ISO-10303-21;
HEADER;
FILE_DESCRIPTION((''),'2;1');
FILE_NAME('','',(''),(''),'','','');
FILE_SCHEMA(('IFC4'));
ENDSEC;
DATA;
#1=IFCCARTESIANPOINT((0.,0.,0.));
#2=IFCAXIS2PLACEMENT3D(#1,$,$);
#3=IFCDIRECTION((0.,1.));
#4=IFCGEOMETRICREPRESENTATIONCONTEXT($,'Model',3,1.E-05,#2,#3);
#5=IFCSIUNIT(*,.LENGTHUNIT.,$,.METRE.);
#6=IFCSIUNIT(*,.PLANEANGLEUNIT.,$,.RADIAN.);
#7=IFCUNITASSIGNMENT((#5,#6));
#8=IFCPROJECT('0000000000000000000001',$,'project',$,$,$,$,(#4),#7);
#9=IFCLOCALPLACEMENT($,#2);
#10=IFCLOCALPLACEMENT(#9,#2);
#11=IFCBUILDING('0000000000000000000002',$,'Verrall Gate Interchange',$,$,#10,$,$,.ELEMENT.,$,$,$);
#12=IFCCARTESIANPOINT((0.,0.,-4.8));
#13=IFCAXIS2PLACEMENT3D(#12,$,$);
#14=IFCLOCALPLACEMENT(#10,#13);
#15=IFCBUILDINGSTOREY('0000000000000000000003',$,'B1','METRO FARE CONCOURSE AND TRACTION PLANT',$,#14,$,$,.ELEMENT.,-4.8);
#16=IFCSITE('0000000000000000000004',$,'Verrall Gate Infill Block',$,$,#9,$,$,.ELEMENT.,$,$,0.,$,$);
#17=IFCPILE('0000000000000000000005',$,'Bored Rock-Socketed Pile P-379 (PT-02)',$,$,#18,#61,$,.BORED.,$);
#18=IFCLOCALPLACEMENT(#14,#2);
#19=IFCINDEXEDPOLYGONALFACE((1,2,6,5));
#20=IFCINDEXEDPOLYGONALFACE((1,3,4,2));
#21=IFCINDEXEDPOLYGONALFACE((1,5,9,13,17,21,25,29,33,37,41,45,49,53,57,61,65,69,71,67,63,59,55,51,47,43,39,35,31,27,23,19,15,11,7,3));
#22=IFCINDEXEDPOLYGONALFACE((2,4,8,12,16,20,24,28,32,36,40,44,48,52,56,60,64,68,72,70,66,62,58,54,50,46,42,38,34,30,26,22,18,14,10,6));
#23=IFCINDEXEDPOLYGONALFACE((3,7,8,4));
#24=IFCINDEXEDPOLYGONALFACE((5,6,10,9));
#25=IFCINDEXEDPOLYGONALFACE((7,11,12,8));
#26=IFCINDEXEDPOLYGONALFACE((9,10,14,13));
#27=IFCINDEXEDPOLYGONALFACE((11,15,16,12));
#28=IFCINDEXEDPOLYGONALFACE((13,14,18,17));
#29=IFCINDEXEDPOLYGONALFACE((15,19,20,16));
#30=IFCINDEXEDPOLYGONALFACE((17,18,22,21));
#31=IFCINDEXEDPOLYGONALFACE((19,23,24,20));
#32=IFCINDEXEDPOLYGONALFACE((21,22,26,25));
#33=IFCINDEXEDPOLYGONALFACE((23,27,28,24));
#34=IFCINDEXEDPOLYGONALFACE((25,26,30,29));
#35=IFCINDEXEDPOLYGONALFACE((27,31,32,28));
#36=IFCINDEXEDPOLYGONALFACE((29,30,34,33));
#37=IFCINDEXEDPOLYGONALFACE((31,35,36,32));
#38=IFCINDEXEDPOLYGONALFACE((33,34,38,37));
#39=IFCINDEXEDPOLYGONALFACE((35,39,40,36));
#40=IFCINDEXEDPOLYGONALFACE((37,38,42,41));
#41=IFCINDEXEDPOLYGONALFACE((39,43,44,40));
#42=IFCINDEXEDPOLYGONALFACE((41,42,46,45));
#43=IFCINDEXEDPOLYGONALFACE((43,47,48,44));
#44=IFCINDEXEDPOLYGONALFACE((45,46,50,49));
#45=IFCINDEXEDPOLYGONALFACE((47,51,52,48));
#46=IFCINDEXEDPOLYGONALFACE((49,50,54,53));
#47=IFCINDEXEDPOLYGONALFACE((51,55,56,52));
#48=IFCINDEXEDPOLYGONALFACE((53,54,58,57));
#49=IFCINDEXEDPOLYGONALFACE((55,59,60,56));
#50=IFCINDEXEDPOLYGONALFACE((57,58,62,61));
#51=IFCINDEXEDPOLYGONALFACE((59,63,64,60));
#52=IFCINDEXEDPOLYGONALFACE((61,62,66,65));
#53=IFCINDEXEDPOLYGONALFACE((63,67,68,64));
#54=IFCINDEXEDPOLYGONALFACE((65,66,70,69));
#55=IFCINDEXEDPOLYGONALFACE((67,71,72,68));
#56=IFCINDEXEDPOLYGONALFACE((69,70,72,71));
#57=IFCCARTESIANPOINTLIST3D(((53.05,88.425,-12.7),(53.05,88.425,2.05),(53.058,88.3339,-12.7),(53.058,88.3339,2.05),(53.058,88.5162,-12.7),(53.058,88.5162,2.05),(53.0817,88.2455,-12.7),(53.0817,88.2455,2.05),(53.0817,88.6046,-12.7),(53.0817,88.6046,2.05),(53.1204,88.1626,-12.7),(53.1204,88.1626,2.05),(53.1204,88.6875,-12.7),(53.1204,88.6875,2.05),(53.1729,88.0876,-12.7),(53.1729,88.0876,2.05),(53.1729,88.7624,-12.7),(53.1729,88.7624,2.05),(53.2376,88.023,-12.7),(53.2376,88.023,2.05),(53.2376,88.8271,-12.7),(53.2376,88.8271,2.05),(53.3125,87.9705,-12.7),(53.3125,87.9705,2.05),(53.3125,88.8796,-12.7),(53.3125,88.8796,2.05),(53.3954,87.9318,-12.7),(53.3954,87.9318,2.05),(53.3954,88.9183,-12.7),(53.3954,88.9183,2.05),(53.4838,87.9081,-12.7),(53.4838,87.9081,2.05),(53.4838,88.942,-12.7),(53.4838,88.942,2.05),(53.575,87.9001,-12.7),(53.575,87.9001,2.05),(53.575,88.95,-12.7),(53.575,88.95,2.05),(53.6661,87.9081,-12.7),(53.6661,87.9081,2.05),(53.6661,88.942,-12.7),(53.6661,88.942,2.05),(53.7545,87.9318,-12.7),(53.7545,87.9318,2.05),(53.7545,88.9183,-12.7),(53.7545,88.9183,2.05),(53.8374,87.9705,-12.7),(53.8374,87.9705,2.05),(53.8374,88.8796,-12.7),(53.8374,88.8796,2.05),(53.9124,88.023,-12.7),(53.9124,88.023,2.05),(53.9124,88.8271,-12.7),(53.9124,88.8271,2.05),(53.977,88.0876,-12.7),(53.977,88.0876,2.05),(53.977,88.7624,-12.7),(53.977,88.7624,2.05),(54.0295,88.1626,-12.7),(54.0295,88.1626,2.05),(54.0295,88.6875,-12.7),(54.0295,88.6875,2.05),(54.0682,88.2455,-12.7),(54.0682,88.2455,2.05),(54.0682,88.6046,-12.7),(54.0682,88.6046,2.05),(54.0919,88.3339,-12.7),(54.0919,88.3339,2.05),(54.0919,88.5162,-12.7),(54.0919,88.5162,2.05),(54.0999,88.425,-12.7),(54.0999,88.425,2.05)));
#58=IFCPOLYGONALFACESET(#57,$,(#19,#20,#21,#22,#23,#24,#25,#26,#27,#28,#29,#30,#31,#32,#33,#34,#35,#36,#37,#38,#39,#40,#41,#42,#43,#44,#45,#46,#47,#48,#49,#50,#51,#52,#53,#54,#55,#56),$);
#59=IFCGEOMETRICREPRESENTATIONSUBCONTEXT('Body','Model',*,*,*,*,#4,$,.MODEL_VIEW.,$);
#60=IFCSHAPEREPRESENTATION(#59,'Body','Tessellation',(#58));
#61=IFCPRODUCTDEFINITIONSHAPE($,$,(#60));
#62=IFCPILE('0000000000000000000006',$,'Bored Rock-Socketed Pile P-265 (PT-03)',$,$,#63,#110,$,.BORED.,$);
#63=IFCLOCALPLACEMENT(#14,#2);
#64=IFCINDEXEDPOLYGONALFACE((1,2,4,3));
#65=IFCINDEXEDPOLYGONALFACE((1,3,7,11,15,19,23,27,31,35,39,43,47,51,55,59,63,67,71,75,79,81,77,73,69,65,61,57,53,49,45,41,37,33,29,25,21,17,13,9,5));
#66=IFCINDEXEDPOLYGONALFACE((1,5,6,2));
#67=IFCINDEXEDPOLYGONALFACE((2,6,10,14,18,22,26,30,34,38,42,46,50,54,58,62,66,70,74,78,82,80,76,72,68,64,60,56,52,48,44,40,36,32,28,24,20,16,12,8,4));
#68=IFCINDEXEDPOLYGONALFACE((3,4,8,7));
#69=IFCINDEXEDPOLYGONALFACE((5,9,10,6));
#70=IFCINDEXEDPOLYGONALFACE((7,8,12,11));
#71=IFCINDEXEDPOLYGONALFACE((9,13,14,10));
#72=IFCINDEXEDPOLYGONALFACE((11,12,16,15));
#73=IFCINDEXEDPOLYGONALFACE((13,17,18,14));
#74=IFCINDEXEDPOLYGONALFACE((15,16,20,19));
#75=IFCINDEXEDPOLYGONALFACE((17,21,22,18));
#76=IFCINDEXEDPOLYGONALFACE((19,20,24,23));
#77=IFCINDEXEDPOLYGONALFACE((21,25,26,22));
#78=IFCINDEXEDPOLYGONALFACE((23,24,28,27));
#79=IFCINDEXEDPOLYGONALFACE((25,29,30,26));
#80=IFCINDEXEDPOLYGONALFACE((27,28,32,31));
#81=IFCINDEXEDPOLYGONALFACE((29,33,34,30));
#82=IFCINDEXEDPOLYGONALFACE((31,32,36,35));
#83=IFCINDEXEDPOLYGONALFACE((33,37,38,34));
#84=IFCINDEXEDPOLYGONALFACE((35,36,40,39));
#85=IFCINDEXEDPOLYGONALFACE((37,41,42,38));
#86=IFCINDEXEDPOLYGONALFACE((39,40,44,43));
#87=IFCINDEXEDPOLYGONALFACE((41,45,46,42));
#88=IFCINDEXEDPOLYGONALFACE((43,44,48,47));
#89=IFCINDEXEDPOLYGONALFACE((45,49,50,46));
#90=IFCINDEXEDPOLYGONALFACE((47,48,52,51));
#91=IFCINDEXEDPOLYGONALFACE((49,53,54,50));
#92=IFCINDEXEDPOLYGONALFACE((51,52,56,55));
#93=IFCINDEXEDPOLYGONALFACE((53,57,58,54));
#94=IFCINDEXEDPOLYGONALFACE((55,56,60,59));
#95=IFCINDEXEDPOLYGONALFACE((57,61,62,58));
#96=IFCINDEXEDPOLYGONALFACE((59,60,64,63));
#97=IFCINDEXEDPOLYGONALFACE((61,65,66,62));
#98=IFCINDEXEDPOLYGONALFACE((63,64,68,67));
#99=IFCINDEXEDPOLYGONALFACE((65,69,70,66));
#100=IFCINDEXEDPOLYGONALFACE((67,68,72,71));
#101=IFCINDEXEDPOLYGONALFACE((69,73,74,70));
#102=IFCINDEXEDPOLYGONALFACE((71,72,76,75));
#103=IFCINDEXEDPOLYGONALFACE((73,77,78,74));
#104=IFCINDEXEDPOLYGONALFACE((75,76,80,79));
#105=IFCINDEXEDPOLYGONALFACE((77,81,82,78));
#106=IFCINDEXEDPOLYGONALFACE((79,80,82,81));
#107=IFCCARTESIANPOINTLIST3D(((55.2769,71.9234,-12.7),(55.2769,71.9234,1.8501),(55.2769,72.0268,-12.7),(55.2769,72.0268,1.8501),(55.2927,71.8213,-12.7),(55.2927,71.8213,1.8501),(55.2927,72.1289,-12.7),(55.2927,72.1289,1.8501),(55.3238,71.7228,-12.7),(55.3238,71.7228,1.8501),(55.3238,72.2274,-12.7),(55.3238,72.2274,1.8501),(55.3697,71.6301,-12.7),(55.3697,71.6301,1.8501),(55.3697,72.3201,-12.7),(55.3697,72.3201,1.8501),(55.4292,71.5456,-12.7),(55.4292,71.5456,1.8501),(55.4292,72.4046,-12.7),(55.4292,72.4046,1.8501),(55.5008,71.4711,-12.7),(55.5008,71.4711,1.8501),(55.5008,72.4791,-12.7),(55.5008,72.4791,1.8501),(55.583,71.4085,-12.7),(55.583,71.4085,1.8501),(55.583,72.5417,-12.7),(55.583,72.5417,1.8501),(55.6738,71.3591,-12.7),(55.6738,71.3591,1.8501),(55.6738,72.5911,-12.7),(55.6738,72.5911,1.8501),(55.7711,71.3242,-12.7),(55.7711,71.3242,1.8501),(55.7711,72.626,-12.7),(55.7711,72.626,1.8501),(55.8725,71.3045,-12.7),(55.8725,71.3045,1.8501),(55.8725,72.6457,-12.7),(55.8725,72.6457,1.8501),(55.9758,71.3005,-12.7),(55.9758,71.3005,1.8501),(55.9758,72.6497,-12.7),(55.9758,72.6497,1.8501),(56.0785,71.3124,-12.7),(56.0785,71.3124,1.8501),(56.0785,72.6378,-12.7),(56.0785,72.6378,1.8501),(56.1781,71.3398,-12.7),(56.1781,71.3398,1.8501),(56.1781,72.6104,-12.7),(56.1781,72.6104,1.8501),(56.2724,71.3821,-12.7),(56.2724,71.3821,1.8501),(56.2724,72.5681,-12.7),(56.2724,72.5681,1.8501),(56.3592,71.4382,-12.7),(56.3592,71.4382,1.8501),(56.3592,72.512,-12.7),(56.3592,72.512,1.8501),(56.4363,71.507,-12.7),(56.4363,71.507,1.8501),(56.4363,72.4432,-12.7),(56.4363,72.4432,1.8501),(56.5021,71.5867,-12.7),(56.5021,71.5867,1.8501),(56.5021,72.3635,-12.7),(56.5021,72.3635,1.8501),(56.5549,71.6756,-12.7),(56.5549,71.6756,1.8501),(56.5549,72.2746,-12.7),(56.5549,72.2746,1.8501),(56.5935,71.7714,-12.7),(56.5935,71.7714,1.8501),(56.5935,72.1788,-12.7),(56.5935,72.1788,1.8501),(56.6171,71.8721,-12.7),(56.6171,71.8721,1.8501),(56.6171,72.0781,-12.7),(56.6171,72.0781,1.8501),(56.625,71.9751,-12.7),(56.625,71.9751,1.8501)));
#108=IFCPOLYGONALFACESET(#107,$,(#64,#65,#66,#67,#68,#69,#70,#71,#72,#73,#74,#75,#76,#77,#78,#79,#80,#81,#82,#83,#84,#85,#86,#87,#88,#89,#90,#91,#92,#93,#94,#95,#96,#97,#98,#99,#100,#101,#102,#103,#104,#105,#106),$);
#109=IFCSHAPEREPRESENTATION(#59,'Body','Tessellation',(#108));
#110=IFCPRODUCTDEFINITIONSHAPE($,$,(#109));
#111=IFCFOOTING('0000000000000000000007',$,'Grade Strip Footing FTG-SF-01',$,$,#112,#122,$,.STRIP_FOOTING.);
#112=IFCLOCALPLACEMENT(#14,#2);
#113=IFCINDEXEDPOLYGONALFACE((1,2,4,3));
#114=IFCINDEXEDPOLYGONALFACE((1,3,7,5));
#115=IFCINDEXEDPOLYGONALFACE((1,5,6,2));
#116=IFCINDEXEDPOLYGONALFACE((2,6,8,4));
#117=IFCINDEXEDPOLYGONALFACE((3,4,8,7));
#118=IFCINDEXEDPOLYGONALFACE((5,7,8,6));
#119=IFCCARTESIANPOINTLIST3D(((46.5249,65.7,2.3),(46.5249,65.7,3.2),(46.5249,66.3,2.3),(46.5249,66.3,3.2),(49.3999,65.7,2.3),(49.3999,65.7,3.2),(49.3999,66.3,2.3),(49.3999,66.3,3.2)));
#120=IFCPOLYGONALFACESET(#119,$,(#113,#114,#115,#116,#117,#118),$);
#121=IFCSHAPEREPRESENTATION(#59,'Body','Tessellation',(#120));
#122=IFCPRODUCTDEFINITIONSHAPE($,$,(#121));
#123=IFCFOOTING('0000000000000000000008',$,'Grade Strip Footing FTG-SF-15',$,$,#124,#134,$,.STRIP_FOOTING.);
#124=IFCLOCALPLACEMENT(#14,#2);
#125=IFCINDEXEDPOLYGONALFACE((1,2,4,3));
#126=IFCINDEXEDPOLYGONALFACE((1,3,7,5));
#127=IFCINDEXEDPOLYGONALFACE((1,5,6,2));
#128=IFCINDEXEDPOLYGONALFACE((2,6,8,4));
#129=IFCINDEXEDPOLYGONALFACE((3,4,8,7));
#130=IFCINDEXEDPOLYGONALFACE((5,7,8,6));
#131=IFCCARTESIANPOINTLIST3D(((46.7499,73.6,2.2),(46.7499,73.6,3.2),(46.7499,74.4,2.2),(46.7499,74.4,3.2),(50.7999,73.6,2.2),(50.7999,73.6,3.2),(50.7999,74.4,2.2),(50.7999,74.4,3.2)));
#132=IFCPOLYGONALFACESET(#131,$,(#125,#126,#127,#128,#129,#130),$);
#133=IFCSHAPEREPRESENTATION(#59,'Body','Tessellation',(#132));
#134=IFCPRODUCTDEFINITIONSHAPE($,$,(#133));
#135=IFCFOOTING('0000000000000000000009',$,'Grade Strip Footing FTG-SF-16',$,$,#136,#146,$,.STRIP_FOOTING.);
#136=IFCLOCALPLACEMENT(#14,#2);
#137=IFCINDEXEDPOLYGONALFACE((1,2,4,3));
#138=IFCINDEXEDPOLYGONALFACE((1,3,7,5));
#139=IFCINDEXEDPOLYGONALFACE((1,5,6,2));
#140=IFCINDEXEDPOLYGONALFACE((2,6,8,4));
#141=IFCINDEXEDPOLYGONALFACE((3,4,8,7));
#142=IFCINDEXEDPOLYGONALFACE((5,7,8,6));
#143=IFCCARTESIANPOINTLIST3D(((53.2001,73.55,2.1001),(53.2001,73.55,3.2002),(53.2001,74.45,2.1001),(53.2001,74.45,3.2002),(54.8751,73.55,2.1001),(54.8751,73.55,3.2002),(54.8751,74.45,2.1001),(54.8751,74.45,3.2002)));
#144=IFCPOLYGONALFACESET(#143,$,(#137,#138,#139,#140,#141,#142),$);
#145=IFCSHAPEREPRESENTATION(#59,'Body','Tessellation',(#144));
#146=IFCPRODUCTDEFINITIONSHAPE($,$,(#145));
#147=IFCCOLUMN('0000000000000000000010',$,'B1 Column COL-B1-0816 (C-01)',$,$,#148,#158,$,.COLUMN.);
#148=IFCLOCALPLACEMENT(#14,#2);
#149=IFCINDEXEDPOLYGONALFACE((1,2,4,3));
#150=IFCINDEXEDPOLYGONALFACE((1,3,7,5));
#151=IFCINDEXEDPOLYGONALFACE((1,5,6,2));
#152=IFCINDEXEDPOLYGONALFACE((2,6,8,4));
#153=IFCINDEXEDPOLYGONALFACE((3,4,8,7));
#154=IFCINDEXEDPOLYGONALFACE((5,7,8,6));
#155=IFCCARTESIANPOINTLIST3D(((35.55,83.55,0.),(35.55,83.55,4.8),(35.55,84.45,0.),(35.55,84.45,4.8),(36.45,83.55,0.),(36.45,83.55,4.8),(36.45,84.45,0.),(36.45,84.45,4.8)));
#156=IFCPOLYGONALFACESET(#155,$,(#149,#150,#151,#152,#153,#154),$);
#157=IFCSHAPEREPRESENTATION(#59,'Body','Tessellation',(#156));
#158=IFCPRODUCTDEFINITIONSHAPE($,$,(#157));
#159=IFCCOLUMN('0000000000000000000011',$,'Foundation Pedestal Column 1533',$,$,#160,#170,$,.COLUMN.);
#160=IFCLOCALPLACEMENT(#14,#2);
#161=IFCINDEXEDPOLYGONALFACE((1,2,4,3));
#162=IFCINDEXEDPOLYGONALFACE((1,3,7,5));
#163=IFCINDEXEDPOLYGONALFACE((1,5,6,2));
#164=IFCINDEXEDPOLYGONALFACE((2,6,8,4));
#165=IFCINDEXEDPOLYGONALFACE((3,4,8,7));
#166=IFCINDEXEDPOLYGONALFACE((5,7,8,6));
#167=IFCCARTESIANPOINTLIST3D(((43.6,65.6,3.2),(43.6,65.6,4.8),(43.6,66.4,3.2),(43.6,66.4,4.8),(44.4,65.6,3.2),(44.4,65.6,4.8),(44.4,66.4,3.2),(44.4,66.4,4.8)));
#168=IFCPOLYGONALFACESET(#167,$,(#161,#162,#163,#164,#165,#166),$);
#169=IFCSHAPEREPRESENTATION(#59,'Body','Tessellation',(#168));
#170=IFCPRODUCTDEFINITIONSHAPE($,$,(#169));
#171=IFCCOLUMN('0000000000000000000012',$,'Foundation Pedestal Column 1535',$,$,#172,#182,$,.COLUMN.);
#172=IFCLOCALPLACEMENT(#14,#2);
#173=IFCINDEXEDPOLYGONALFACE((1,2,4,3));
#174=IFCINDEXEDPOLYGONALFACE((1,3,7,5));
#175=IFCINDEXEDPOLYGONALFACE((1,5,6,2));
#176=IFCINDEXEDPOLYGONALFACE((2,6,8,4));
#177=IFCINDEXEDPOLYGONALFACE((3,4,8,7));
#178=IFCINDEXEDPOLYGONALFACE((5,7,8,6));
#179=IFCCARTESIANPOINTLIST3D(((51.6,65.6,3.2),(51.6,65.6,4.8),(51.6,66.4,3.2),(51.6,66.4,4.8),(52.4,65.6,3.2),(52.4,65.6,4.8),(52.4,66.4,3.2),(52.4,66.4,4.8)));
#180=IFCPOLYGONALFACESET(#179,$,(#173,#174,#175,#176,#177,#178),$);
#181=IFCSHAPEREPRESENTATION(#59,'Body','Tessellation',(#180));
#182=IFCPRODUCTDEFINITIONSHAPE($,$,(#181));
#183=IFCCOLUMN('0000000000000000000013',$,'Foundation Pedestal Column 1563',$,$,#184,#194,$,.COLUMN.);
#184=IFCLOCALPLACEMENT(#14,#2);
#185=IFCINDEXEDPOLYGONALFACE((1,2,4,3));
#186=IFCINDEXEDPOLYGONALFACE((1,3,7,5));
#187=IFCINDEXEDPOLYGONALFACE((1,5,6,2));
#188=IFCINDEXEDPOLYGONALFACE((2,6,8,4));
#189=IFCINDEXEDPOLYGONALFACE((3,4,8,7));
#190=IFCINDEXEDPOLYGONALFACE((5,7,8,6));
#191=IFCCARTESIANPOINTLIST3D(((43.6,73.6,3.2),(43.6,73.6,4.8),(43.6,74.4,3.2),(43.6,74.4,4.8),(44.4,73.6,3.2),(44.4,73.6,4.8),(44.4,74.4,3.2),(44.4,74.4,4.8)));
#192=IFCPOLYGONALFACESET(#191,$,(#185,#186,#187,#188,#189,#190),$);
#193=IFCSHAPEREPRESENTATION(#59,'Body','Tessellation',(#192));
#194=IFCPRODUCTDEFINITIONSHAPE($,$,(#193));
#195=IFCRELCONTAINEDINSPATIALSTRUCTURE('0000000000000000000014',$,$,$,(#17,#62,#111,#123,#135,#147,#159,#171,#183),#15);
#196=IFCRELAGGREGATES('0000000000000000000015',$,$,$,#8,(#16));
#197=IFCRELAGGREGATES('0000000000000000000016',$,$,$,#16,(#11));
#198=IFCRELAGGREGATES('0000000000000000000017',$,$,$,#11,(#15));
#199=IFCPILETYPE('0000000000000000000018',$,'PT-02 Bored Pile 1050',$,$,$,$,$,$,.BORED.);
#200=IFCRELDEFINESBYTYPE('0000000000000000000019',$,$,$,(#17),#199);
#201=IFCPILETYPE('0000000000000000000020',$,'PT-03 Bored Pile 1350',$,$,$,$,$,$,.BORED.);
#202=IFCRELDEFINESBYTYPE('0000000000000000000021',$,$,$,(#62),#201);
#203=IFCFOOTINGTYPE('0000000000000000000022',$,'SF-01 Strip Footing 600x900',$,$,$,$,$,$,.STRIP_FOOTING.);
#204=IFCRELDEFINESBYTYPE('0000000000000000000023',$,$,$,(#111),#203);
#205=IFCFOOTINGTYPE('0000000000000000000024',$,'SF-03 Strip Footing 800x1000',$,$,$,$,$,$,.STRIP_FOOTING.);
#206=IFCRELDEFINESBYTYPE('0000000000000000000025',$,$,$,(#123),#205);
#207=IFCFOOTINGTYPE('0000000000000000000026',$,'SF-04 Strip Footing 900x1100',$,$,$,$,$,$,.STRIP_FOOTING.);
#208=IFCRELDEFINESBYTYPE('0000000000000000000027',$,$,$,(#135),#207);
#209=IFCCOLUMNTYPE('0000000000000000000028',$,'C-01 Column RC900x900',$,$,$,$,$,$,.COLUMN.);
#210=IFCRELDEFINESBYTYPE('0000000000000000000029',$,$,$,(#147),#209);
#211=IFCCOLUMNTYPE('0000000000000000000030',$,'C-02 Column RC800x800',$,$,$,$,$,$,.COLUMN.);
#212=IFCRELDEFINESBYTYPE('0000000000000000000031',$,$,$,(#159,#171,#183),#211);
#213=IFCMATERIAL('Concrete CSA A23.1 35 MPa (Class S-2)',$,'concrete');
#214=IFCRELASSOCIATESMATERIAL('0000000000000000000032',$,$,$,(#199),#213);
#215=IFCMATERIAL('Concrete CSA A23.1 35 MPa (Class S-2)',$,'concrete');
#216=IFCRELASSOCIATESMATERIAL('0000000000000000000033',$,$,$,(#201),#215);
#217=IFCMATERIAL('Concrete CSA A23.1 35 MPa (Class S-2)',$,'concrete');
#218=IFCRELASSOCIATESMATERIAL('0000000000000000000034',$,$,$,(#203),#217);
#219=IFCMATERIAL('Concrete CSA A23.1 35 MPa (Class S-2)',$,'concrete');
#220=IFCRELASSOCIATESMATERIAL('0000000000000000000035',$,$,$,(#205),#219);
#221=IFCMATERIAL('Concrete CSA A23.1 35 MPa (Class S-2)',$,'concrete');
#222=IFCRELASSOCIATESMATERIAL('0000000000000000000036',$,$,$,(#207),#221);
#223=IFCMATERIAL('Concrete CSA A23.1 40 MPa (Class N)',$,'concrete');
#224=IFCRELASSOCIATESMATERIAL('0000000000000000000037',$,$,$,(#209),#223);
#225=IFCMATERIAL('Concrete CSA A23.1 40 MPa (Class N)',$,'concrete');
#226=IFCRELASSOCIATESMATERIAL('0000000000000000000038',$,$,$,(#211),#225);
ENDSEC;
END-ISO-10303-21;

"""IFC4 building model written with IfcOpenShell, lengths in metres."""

from ifc_helpers import new_model, si_unit, direction, frame, origin, origin_2d, place, context, subcontext, project, spatial, rectangle, circle, extrude, material, material_profile, profile_set, type_object, element, save


model = new_model("IFC4")

# Units and contexts
model_context = context("Model", 3, precision=1e-05, world=origin(), true_north=direction((0.0, 1.0)))
body_context = subcontext(model_context, "Body", "Model", "MODEL_VIEW")
ifc_project = project(units=[si_unit("LENGTHUNIT", "METRE"), si_unit("PLANEANGLEUNIT", "RADIAN")], contexts=[model_context])

# Site, building, storey
site_placement = place(None, origin())
site = spatial("IfcSite", under=ifc_project, at=site_placement, Name="Verrall Gate Infill Block", CompositionType="ELEMENT", RefElevation=0.0)
building_placement = place(site_placement, origin())
building = spatial("IfcBuilding", under=site, at=building_placement, Name="Verrall Gate Interchange", CompositionType="ELEMENT")
storey_placement = place(building_placement, frame((0.0, 0.0, -4.8)))
storey = spatial("IfcBuildingStorey", under=building, at=storey_placement, Name="B1", Description="METRO FARE CONCOURSE AND TRACTION PLANT", CompositionType="ELEMENT", Elevation=-4.8)

# Piles
ifc_material_1 = material(Name="Concrete CSA A23.1 35 MPa (Class S-2)", Category="concrete")
ifc_material_profile_1 = material_profile(ifc_material_1, circle(Radius=0.5249, at=origin_2d()), Name="PILE1050D")
ifc_profile_set_1 = profile_set([ifc_material_profile_1], Name="Concrete CSA A23.1 35 MPa (Class S-2)")
pile_type_1 = type_object("IfcPileType", Name="PT-02 Bored Pile 1050", PredefinedType="BORED", material=ifc_profile_set_1)
for number, where, z_axis, x_axis, name in (
    (1, (53.575, 88.425, 2.05), (0.0, 0.0, -1.0), (1.0, 0.0, 0.0), "Bored Rock-Socketed Pile P-379 (PT-02)"),
):
    element("IfcPile", number, at=place(storey_placement, frame(where, z_axis=z_axis, x_axis=x_axis)), inside=storey, type_object=pile_type_1, Name=name, PredefinedType="BORED", context=body_context, shape_type="SweptSolid", body=[
        extrude(circle(Radius=0.5249, at=origin_2d()), origin(), (0.0, 0.0, 1.0), 14.75),
    ])
ifc_material_2 = material(Name="Concrete CSA A23.1 35 MPa (Class S-2)", Category="concrete")
ifc_material_profile_2 = material_profile(ifc_material_2, circle(Radius=0.675, at=origin_2d()), Name="PILE1350D")
ifc_profile_set_2 = profile_set([ifc_material_profile_2], Name="Concrete CSA A23.1 35 MPa (Class S-2)")
pile_type_2 = type_object("IfcPileType", Name="PT-03 Bored Pile 1350", PredefinedType="BORED", material=ifc_profile_set_2)
pile_placement = place(storey_placement, frame((55.95, 71.9751, 1.8501), z_axis=(0.0, 0.0, -1.0), x_axis=(1.0, 0.0, 0.0)))
element("IfcPile", 2, at=pile_placement, inside=storey, type_object=pile_type_2, Name="Bored Rock-Socketed Pile P-265 (PT-03)", PredefinedType="BORED", context=body_context, shape_type="SweptSolid", body=[
    extrude(circle(Radius=0.675, at=origin_2d()), origin(), (0.0, 0.0, 1.0), 14.55),
])

# Footings
ifc_material_3 = material(Name="Concrete CSA A23.1 35 MPa (Class S-2)", Category="concrete")
footing_type_1 = type_object("IfcFootingType", Name="SF-01 Strip Footing 600x900", PredefinedType="STRIP_FOOTING", material=ifc_material_3)
footing_1_placement = place(storey_placement, frame((47.9624, 66.0, 2.3), z_axis=(0.0, 0.0, 1.0), x_axis=(1.0, 0.0, 0.0)))
element("IfcFooting", 3, at=footing_1_placement, inside=storey, type_object=footing_type_1, Name="Grade Strip Footing FTG-SF-01", PredefinedType="STRIP_FOOTING", context=body_context, shape_type="SweptSolid", body=[
    extrude(rectangle(XDim=2.875, YDim=0.6001, at=origin_2d()), origin(), (0.0, 0.0, 1.0), 0.8999),
])
ifc_material_4 = material(Name="Concrete CSA A23.1 35 MPa (Class S-2)", Category="concrete")
footing_type_2 = type_object("IfcFootingType", Name="SF-03 Strip Footing 800x1000", PredefinedType="STRIP_FOOTING", material=ifc_material_4)
footing_2_placement = place(storey_placement, frame((48.7749, 74.0, 2.2), z_axis=(0.0, 0.0, 1.0), x_axis=(1.0, 0.0, 0.0)))
element("IfcFooting", 4, at=footing_2_placement, inside=storey, type_object=footing_type_2, Name="Grade Strip Footing FTG-SF-15", PredefinedType="STRIP_FOOTING", context=body_context, shape_type="SweptSolid", body=[
    extrude(rectangle(XDim=4.05, YDim=0.8, at=origin_2d()), origin(), (0.0, 0.0, 1.0), 1.0),
])
ifc_material_5 = material(Name="Concrete CSA A23.1 35 MPa (Class S-2)", Category="concrete")
footing_type_3 = type_object("IfcFootingType", Name="SF-04 Strip Footing 900x1100", PredefinedType="STRIP_FOOTING", material=ifc_material_5)
footing_3_placement = place(storey_placement, frame((54.0376, 74.0, 2.1001), z_axis=(0.0, 0.0, 1.0), x_axis=(1.0, 0.0, 0.0)))
element("IfcFooting", 5, at=footing_3_placement, inside=storey, type_object=footing_type_3, Name="Grade Strip Footing FTG-SF-16", PredefinedType="STRIP_FOOTING", context=body_context, shape_type="SweptSolid", body=[
    extrude(rectangle(XDim=1.675, YDim=0.8999, at=origin_2d()), origin(), (0.0, 0.0, 1.0), 1.1001),
])

# Columns
ifc_material_6 = material(Name="Concrete CSA A23.1 40 MPa (Class N)", Category="concrete")
ifc_material_profile_3 = material_profile(ifc_material_6, rectangle(XDim=0.8999, YDim=0.8999, at=origin_2d()), Name="RC900x900")
ifc_profile_set_3 = profile_set([ifc_material_profile_3], Name="Concrete CSA A23.1 40 MPa (Class N)")
column_type_1 = type_object("IfcColumnType", Name="C-01 Column RC900x900", PredefinedType="COLUMN", material=ifc_profile_set_3)
column_1_placement = place(storey_placement, frame((36.0, 84.0, 0.0), z_axis=(0.0, 0.0, 1.0), x_axis=(1.0, 0.0, 0.0)))
element("IfcColumn", 6, at=column_1_placement, inside=storey, type_object=column_type_1, Name="B1 Column COL-B1-0816 (C-01)", PredefinedType="COLUMN", context=body_context, shape_type="SweptSolid", body=[
    extrude(rectangle(XDim=0.8999, YDim=0.8999, at=origin_2d()), origin(), (0.0, 0.0, 1.0), 4.8),
])
ifc_material_7 = material(Name="Concrete CSA A23.1 40 MPa (Class N)", Category="concrete")
ifc_material_profile_4 = material_profile(ifc_material_7, rectangle(XDim=0.8, YDim=0.8, at=origin_2d()), Name="RC800x800")
ifc_profile_set_4 = profile_set([ifc_material_profile_4], Name="Concrete CSA A23.1 40 MPa (Class N)")
column_type_2 = type_object("IfcColumnType", Name="C-02 Column RC800x800", PredefinedType="COLUMN", material=ifc_profile_set_4)
for number, where, z_axis, x_axis, name in (
    (7, (44.0, 66.0, 3.2), (0.0, 0.0, 1.0), (1.0, 0.0, 0.0), "Foundation Pedestal Column 1533"),
    (8, (52.0, 66.0, 3.2), (0.0, 0.0, 1.0), (1.0, 0.0, 0.0), "Foundation Pedestal Column 1535"),
    (9, (44.0, 74.0, 3.2), (0.0, 0.0, 1.0), (1.0, 0.0, 0.0), "Foundation Pedestal Column 1563"),
):
    element("IfcColumn", number, at=place(storey_placement, frame(where, z_axis=z_axis, x_axis=x_axis)), inside=storey, type_object=column_type_2, Name=name, PredefinedType="COLUMN", context=body_context, shape_type="SweptSolid", body=[
        extrude(rectangle(XDim=0.8, YDim=0.8, at=origin_2d()), origin(), (0.0, 0.0, 1.0), 1.6001),
    ])

save(model, "model.ifc")
